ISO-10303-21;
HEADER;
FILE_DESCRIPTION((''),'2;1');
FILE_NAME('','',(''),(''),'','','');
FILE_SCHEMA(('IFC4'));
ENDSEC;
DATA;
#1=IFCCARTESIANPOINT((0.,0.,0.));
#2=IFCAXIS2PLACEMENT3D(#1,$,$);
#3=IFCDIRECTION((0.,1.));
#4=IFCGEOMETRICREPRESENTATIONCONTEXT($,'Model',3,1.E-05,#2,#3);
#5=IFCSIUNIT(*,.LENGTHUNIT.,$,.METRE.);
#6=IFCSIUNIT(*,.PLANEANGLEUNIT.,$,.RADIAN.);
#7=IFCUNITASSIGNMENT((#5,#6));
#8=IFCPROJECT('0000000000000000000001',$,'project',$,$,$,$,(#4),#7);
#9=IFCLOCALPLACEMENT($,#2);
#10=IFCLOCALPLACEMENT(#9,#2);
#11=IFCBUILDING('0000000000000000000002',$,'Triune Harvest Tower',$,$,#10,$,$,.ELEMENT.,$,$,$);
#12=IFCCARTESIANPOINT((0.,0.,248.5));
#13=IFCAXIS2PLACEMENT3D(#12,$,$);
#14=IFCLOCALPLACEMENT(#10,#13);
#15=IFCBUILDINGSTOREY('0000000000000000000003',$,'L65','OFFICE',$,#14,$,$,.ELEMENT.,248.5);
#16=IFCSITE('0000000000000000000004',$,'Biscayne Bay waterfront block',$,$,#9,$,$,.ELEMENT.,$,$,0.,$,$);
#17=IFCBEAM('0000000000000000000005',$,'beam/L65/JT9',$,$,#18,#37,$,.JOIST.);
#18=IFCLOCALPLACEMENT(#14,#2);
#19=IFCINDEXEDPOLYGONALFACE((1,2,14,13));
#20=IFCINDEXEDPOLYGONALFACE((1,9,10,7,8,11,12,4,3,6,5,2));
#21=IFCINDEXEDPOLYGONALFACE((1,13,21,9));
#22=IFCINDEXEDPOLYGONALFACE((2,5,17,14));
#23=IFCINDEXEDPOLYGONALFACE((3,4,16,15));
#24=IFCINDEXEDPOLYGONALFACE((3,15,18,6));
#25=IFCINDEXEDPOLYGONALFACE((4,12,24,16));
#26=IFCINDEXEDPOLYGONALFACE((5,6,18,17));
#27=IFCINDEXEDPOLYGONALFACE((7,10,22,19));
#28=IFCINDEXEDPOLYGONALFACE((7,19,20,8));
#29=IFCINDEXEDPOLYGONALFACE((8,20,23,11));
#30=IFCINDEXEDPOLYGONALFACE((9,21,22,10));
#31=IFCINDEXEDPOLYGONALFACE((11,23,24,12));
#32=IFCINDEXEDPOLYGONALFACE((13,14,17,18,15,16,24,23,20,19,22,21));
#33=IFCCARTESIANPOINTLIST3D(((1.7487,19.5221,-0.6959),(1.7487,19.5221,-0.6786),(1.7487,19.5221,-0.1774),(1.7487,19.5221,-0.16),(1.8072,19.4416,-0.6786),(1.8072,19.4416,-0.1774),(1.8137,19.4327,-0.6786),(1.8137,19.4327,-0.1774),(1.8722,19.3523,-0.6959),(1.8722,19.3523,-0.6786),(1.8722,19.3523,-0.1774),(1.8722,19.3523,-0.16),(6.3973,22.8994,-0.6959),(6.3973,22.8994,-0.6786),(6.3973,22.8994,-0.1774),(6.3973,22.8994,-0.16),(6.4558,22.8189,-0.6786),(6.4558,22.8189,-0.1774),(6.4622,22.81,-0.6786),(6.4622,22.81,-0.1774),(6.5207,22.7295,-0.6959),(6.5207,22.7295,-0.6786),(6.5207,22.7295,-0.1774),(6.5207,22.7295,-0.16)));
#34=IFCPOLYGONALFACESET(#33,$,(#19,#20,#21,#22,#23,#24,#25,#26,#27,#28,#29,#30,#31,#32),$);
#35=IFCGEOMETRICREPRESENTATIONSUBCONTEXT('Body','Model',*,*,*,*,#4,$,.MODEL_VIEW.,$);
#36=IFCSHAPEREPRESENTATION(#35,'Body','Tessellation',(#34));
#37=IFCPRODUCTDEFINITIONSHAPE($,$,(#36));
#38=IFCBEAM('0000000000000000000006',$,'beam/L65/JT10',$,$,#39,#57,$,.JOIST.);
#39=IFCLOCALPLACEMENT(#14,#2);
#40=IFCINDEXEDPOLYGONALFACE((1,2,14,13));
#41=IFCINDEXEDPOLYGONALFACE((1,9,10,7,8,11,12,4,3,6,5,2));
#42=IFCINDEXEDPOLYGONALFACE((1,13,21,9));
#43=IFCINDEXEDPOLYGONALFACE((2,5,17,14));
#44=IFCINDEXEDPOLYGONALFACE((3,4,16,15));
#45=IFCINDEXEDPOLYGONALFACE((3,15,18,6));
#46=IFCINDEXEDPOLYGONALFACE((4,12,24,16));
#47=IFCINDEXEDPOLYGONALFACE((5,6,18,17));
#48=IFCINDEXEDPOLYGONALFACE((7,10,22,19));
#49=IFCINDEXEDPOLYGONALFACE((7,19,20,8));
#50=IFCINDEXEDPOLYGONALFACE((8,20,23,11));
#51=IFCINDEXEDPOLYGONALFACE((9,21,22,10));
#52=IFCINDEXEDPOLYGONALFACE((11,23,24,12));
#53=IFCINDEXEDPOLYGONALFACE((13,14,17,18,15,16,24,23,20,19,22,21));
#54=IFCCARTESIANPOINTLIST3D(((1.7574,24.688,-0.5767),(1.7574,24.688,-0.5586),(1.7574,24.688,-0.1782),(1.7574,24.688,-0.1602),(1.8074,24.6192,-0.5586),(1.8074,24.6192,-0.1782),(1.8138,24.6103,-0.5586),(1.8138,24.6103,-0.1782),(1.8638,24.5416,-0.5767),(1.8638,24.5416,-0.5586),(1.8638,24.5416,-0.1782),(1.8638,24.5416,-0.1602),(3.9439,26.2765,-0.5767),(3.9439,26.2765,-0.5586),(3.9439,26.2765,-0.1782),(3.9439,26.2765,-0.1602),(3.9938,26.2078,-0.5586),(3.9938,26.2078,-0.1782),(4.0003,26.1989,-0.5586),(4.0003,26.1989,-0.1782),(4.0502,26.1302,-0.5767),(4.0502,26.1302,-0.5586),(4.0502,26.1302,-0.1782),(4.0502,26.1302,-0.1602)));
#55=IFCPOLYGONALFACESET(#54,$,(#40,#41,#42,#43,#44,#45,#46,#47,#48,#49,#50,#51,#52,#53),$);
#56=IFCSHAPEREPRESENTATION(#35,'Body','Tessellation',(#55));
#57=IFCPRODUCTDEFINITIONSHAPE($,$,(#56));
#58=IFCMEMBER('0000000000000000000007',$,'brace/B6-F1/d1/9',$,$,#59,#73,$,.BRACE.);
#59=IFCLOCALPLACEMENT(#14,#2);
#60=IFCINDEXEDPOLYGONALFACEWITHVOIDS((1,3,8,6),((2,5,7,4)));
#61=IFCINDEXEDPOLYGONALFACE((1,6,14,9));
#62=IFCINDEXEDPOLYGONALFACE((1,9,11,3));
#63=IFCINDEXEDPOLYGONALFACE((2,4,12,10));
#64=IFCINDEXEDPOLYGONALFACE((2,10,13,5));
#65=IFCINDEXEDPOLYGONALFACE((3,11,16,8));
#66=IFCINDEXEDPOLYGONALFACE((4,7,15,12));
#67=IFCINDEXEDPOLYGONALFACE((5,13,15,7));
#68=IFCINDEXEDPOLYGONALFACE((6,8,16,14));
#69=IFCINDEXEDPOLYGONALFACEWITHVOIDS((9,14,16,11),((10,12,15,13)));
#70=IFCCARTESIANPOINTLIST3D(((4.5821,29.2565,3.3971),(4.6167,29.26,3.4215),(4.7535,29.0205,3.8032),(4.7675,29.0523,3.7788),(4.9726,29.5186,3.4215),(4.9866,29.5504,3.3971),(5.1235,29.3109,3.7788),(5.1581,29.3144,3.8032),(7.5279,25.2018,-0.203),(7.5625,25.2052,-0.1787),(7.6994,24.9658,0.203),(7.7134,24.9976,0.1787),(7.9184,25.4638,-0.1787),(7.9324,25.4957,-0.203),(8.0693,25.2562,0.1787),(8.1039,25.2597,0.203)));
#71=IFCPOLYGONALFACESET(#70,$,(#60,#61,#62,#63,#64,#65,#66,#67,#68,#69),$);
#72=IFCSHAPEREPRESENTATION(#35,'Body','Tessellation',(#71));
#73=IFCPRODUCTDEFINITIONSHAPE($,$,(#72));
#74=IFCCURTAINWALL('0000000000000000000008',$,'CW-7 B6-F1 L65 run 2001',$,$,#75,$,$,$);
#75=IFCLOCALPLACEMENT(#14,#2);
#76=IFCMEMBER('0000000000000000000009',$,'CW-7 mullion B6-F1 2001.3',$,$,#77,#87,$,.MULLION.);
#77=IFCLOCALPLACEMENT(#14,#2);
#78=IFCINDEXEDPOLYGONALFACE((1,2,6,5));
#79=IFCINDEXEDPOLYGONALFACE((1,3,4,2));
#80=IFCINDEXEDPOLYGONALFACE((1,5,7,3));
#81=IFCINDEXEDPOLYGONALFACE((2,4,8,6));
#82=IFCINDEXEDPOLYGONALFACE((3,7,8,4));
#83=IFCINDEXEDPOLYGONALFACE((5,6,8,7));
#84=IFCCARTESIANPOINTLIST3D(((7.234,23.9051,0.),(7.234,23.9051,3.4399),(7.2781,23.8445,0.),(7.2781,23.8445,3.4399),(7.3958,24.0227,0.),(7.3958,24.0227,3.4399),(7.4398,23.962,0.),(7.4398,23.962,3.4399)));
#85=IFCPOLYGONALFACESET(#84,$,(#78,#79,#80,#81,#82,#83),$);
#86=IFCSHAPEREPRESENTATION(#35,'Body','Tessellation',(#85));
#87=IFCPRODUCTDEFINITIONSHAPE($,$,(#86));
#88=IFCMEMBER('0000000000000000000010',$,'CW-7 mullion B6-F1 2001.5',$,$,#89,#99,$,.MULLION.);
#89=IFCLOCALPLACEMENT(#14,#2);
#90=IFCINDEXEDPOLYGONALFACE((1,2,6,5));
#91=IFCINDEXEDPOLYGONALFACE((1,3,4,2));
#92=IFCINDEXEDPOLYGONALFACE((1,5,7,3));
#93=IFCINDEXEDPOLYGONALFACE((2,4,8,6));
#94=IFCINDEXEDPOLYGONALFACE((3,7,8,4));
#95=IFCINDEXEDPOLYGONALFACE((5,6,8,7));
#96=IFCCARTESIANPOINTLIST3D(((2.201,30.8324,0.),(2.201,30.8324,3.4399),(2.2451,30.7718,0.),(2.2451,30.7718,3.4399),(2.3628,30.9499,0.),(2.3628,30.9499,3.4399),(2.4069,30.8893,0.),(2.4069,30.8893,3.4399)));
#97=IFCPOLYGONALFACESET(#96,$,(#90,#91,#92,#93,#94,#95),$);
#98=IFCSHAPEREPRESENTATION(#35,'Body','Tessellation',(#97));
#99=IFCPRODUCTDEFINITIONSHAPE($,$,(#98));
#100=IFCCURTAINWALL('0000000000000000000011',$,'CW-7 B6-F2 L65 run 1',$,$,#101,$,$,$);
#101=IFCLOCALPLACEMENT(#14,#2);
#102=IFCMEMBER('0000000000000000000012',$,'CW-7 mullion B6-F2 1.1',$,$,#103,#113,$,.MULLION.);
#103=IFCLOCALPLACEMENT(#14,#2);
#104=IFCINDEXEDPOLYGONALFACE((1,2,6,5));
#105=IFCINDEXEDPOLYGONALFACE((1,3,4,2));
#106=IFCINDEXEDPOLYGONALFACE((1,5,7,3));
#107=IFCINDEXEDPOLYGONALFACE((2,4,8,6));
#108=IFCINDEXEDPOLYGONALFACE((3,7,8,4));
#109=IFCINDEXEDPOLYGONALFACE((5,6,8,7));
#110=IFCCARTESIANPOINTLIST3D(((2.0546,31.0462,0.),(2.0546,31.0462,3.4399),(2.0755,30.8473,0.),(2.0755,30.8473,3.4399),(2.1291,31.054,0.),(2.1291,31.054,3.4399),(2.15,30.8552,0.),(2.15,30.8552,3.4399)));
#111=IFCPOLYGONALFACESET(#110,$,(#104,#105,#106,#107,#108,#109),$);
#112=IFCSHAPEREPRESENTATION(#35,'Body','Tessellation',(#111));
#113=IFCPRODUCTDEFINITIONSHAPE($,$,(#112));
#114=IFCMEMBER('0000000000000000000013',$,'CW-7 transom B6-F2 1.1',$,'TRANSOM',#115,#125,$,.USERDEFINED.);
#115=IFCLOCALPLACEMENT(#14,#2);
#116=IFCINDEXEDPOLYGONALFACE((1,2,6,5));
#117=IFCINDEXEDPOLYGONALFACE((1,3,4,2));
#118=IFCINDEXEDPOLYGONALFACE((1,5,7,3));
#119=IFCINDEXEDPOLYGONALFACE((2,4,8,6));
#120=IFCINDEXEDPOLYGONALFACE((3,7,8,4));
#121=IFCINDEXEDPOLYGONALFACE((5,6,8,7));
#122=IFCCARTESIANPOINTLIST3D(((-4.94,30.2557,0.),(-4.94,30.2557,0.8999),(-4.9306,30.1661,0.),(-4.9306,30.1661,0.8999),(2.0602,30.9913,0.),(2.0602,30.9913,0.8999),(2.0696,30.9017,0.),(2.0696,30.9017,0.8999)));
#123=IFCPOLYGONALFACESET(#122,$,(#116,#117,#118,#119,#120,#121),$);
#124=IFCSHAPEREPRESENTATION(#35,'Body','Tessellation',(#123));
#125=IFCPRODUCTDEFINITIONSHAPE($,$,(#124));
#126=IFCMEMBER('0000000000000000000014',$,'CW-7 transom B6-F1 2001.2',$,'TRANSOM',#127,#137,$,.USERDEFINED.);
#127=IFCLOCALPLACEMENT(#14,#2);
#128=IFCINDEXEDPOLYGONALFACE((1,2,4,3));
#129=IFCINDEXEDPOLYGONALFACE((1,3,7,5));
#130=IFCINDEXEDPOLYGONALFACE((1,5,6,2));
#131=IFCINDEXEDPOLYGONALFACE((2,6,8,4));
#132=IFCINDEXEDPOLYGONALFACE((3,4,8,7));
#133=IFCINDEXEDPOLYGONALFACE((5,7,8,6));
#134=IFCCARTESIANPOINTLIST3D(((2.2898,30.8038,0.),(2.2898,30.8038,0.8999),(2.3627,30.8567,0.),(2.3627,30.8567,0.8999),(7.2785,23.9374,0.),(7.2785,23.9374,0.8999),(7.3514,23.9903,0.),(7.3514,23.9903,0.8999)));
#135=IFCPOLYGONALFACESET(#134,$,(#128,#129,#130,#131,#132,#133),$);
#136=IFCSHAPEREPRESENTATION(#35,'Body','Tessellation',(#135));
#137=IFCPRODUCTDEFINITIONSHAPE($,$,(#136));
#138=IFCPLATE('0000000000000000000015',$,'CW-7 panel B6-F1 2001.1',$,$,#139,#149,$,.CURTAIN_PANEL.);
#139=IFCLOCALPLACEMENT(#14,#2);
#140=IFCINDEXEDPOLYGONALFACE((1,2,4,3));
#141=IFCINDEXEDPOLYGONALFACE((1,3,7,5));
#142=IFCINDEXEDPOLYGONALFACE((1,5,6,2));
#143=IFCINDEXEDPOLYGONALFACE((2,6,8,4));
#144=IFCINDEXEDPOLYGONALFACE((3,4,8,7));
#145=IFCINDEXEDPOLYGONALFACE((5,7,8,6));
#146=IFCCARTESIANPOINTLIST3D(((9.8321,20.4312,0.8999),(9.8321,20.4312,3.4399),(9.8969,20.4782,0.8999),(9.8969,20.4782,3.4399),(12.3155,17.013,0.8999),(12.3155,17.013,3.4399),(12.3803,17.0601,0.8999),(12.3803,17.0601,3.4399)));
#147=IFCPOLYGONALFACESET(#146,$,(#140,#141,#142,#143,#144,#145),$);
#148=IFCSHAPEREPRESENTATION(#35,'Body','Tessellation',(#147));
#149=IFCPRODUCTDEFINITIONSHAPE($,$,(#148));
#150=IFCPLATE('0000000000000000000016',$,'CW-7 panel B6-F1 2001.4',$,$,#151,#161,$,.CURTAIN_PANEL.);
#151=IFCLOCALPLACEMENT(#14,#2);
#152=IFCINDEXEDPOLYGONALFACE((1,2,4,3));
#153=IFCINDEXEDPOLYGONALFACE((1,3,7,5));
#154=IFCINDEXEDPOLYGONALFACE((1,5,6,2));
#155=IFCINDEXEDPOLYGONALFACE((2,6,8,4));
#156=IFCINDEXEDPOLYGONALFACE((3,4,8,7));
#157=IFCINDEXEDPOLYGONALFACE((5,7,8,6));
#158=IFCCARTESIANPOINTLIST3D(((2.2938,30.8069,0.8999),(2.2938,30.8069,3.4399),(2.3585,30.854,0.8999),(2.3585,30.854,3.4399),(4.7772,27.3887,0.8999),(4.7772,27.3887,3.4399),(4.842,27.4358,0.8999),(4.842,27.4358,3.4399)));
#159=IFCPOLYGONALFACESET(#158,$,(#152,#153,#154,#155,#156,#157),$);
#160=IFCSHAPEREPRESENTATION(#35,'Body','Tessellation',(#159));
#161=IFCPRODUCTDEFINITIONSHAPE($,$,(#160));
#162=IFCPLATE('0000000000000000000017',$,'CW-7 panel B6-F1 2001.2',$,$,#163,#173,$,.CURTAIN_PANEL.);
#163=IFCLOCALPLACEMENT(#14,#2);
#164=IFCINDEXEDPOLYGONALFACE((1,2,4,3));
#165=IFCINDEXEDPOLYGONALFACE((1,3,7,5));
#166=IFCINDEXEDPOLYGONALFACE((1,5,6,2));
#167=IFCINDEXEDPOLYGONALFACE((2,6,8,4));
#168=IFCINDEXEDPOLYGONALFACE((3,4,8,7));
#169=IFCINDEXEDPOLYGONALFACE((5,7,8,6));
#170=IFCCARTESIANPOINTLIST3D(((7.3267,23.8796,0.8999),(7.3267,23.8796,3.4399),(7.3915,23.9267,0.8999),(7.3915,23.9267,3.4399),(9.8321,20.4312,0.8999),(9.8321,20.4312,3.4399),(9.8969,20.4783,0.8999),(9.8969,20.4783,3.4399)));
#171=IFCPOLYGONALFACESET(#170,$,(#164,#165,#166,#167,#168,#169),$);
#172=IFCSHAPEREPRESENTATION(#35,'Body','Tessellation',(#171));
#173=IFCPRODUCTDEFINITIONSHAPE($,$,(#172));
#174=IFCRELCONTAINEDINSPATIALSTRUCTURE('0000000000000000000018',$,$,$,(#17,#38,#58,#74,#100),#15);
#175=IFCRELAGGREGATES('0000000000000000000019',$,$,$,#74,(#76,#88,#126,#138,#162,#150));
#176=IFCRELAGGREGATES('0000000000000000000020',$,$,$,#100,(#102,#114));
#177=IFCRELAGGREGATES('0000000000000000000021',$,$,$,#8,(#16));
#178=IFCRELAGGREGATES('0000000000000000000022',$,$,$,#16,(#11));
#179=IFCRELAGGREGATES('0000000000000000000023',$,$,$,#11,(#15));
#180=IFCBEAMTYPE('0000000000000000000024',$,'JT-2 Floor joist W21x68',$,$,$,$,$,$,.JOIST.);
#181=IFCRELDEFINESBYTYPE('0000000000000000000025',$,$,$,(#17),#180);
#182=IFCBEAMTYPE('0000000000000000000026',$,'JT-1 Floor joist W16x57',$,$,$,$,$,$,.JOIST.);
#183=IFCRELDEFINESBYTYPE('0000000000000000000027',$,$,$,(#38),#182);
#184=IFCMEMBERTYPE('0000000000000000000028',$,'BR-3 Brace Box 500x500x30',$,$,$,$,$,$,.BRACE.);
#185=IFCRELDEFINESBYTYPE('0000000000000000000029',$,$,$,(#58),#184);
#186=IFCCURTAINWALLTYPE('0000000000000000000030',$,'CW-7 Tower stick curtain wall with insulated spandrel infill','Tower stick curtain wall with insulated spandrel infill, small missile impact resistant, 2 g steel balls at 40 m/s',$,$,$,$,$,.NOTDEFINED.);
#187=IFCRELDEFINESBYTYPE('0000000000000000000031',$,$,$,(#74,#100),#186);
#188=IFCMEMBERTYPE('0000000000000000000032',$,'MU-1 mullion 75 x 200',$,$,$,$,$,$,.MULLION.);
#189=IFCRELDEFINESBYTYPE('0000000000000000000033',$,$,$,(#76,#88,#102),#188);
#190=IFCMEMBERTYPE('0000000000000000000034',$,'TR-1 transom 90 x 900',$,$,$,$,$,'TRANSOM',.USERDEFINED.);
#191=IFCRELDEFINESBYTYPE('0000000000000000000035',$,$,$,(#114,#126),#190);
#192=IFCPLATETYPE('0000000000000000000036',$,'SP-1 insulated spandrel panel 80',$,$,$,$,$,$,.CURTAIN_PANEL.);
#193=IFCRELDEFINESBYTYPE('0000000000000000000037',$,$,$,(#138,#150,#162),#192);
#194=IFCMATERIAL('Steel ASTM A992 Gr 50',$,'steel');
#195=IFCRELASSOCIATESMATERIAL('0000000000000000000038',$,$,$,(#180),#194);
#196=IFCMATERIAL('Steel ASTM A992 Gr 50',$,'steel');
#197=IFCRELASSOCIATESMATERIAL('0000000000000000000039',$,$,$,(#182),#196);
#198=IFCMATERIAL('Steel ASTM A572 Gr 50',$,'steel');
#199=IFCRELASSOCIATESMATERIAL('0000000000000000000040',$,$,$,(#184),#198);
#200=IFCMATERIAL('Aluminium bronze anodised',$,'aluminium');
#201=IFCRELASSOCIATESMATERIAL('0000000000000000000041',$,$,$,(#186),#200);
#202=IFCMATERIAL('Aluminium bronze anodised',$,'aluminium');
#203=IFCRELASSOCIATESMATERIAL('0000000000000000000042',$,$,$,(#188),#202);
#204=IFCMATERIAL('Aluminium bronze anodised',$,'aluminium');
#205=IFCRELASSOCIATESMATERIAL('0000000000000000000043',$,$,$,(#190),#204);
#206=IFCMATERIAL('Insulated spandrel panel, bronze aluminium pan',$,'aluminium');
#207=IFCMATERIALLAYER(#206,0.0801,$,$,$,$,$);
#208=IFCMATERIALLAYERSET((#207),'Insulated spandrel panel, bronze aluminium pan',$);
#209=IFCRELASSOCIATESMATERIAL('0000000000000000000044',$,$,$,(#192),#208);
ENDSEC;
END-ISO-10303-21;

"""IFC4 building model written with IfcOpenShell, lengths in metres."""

from ifc_helpers import new_model, si_unit, direction, frame, origin, origin_2d, place, context, subcontext, project, spatial, rectangle, hollow_rectangle, i_section, extrude, source, transform, mapped, material, layer, layer_set, material_profile, profile_set, type_object, element, aggregate, save


model = new_model("IFC4")

# Units and contexts
model_context = context("Model", 3, precision=1e-05, world=origin(), true_north=direction((0.0, 1.0)))
body_context = subcontext(model_context, "Body", "Model", "MODEL_VIEW")
ifc_project = project(units=[si_unit("LENGTHUNIT", "METRE"), si_unit("PLANEANGLEUNIT", "RADIAN")], contexts=[model_context])

# Site, building, storey
site_placement = place(None, origin())
site = spatial("IfcSite", under=ifc_project, at=site_placement, Name="Biscayne Bay waterfront block", CompositionType="ELEMENT", RefElevation=0.0)
building_placement = place(site_placement, origin())
building = spatial("IfcBuilding", under=site, at=building_placement, Name="Triune Harvest Tower", CompositionType="ELEMENT")
storey_placement = place(building_placement, frame((0.0, 0.0, 248.5)))
storey = spatial("IfcBuildingStorey", under=building, at=storey_placement, Name="L65", Description="OFFICE", CompositionType="ELEMENT", Elevation=248.5)

# Beams
ifc_material_1 = material(Name="Steel ASTM A992 Gr 50", Category="steel")
ifc_material_profile_1 = material_profile(ifc_material_1, i_section(OverallWidth=0.21, OverallDepth=0.5359, WebThickness=0.011, FlangeThickness=0.0173, at=origin_2d()), Name="W21x68")
ifc_profile_set_1 = profile_set([ifc_material_profile_1], Name="Steel ASTM A992 Gr 50")
beam_type_1 = type_object("IfcBeamType", Name="JT-2 Floor joist W21x68", PredefinedType="JOIST", material=ifc_profile_set_1)
shared_shape_1 = source(origin(), body_context, "Body", "SweptSolid", [
    extrude(i_section(OverallWidth=0.21, OverallDepth=0.5359, WebThickness=0.011, FlangeThickness=0.0173, at=origin_2d()), origin(), (0.0, 0.0, 1.0), 5.7458),
])
beam_1_placement = place(storey_placement, frame((6.459, 22.8145, -0.428), z_axis=(-0.809024, -0.587775, 0.0), x_axis=(0.587775, -0.809024, 0.0)))
element("IfcBeam", 1, at=beam_1_placement, inside=storey, type_object=beam_type_1, Name="beam/L65/JT9", PredefinedType="JOIST", context=body_context, shape_type="MappedRepresentation", body=[
    mapped(shared_shape_1, transform((0.0, 0.0, 0.0), scale=1.0)),
])
ifc_material_2 = material(Name="Steel ASTM A992 Gr 50", Category="steel")
ifc_material_profile_2 = material_profile(ifc_material_2, i_section(OverallWidth=0.1809, OverallDepth=0.4165, WebThickness=0.011, FlangeThickness=0.0181, at=origin_2d()), Name="W16x57")
ifc_profile_set_2 = profile_set([ifc_material_profile_2], Name="Steel ASTM A992 Gr 50")
beam_type_2 = type_object("IfcBeamType", Name="JT-1 Floor joist W16x57", PredefinedType="JOIST", material=ifc_profile_set_2)
shared_shape_2 = source(origin(), body_context, "Body", "SweptSolid", [
    extrude(i_section(OverallWidth=0.1809, OverallDepth=0.4165, WebThickness=0.011, FlangeThickness=0.0181, at=origin_2d()), origin(), (0.0, 0.0, 1.0), 2.7026),
])
beam_2_placement = place(storey_placement, frame((3.9971, 26.2034, -0.3684), z_axis=(-0.809013, -0.58779, 0.0), x_axis=(0.58779, -0.809013, 0.0)))
element("IfcBeam", 2, at=beam_2_placement, inside=storey, type_object=beam_type_2, Name="beam/L65/JT10", PredefinedType="JOIST", context=body_context, shape_type="MappedRepresentation", body=[
    mapped(shared_shape_2, transform((0.0, 0.0, 0.0), scale=1.0)),
])

# Member
ifc_material_3 = material(Name="Steel ASTM A572 Gr 50", Category="steel")
ifc_material_profile_3 = material_profile(ifc_material_3, hollow_rectangle(XDim=0.5, YDim=0.5, WallThickness=0.03, at=origin_2d()), Name="Box 500x500x30")
ifc_profile_set_3 = profile_set([ifc_material_profile_3], Name="Steel ASTM A572 Gr 50")
member_type_1 = type_object("IfcMemberType", Name="BR-3 Brace Box 500x500x30", PredefinedType="BRACE", material=ifc_profile_set_3)
shared_shape_3 = source(origin(), body_context, "Body", "SweptSolid", [
    extrude(hollow_rectangle(XDim=0.5, YDim=0.5, WallThickness=0.03, at=origin_2d()), origin(), (0.0, 0.0, 1.0), 6.1709),
])
member_1_placement = place(storey_placement, frame((7.8159, 25.2307, 0.0), z_axis=(-0.477376, 0.657075, 0.583407), x_axis=(-0.809027, -0.587772, 0.0)))
element("IfcMember", 3, at=member_1_placement, inside=storey, type_object=member_type_1, Name="brace/B6-F1/d1/9", PredefinedType="BRACE", context=body_context, shape_type="MappedRepresentation", body=[
    mapped(shared_shape_3, transform((0.0, 0.0, 0.0), scale=1.0)),
])

# Curtain walls, members
ifc_material_4 = material(Name="Aluminium bronze anodised", Category="aluminium")
curtain_wall_type = type_object("IfcCurtainWallType", Name="CW-7 Tower stick curtain wall with insulated spandrel infill", Description="Tower stick curtain wall with insulated spandrel infill, small missile impact resistant, 2 g steel balls at 40 m/s", PredefinedType="NOTDEFINED", material=ifc_material_4)
curtain_wall_1_placement = place(storey_placement, origin())
curtain_wall_1 = element("IfcCurtainWall", 4, at=curtain_wall_1_placement, inside=storey, type_object=curtain_wall_type, Name="CW-7 B6-F1 L65 run 2001")
ifc_material_5 = material(Name="Aluminium bronze anodised", Category="aluminium")
ifc_material_profile_4 = material_profile(ifc_material_5, rectangle(XDim=0.2, YDim=0.075, at=origin_2d()), Name="MU-1 mullion 75 x 200")
ifc_profile_set_4 = profile_set([ifc_material_profile_4], Name="Aluminium bronze anodised")
member_type_2 = type_object("IfcMemberType", Name="MU-1 mullion 75 x 200", PredefinedType="MULLION", material=ifc_profile_set_4)
shared_shape_4 = source(origin(), body_context, "Body", "SweptSolid", [
    extrude(rectangle(XDim=0.2, YDim=0.075, at=origin_2d()), origin(), (0.0, 0.0, 1.0), 3.4399),
])
member_2_placement = place(storey_placement, frame((7.3369, 23.9336, 0.0), z_axis=(0.0, 0.0, 1.0), x_axis=(-0.809016, -0.587786, 0.0)))
member_2 = element("IfcMember", 5, at=member_2_placement, type_object=member_type_2, Name="CW-7 mullion B6-F1 2001.3", PredefinedType="MULLION", context=body_context, shape_type="MappedRepresentation", body=[
    mapped(shared_shape_4, transform((0.0, 0.0, 0.0), scale=1.0)),
])
member_3_placement = place(storey_placement, frame((2.304, 30.8608, 0.0), z_axis=(0.0, 0.0, 1.0), x_axis=(-0.809016, -0.587786, 0.0)))
member_3 = element("IfcMember", 6, at=member_3_placement, type_object=member_type_2, Name="CW-7 mullion B6-F1 2001.5", PredefinedType="MULLION", context=body_context, shape_type="MappedRepresentation", body=[
    mapped(shared_shape_4, transform((0.0, 0.0, 0.0), scale=1.0)),
])
curtain_wall_2_placement = place(storey_placement, origin())
curtain_wall_2 = element("IfcCurtainWall", 7, at=curtain_wall_2_placement, inside=storey, type_object=curtain_wall_type, Name="CW-7 B6-F2 L65 run 1")
member_4_placement = place(storey_placement, frame((2.1023, 30.9507, 0.0), z_axis=(0.0, 0.0, 1.0), x_axis=(0.10453, -0.994522, 0.0)))
member_4 = element("IfcMember", 8, at=member_4_placement, type_object=member_type_2, Name="CW-7 mullion B6-F2 1.1", PredefinedType="MULLION", context=body_context, shape_type="MappedRepresentation", body=[
    mapped(shared_shape_4, transform((0.0, 0.0, 0.0), scale=1.0)),
])
ifc_material_6 = material(Name="Aluminium bronze anodised", Category="aluminium")
ifc_material_profile_5 = material_profile(ifc_material_6, rectangle(XDim=0.0901, YDim=0.8999, at=origin_2d()), Name="TR-1 transom 90 x 900")
ifc_profile_set_5 = profile_set([ifc_material_profile_5], Name="Aluminium bronze anodised")
member_type_3 = type_object("IfcMemberType", Name="TR-1 transom 90 x 900", ElementType="TRANSOM", PredefinedType="USERDEFINED", material=ifc_profile_set_5)
shared_shape_5 = source(origin(), body_context, "Body", "SweptSolid", [
    extrude(rectangle(XDim=0.0901, YDim=0.8999, at=origin_2d()), origin(), (0.0, 0.0, 1.0), 7.0388),
])
member_5_placement = place(storey_placement, frame((2.0649, 30.9465, 0.45), z_axis=(-0.994524, -0.104506, 0.0), x_axis=(0.104506, -0.994524, 0.0)))
member_5 = element("IfcMember", 9, at=member_5_placement, type_object=member_type_3, Name="CW-7 transom B6-F2 1.1", ObjectType="TRANSOM", PredefinedType="USERDEFINED", context=body_context, shape_type="MappedRepresentation", body=[
    mapped(shared_shape_5, transform((0.0, 0.0, 0.0), scale=1.0)),
])

# Member
shared_shape_6 = source(origin(), body_context, "Body", "SweptSolid", [
    extrude(rectangle(XDim=0.0901, YDim=0.8999, at=origin_2d()), origin(), (0.0, 0.0, 1.0), 8.4873),
])
member_6_placement = place(storey_placement, frame((7.3149, 23.9639, 0.45), z_axis=(-0.587785, 0.809017, 0.0), x_axis=(-0.809017, -0.587785, 0.0)))
member_6 = element("IfcMember", 10, at=member_6_placement, type_object=member_type_3, Name="CW-7 transom B6-F1 2001.2", ObjectType="TRANSOM", PredefinedType="USERDEFINED", context=body_context, shape_type="MappedRepresentation", body=[
    mapped(shared_shape_6, transform((0.0, 0.0, 0.0), scale=1.0)),
])

# Plates
ifc_material_7 = material(Name="Insulated spandrel panel, bronze aluminium pan", Category="aluminium")
ifc_layer_1 = layer(ifc_material_7, 0.0801)
ifc_layer_set_1 = layer_set([ifc_layer_1], Name="Insulated spandrel panel, bronze aluminium pan")
plate_type = type_object("IfcPlateType", Name="SP-1 insulated spandrel panel 80", PredefinedType="CURTAIN_PANEL", material=ifc_layer_set_1)
shared_shape_7 = source(origin(), body_context, "Body", "SweptSolid", [
    extrude(rectangle(XDim=4.2251, YDim=0.0801, at=origin_2d()), origin(), (0.0, 0.0, 1.0), 2.54),
])
plate_1_placement = place(storey_placement, frame((11.1062, 18.7456, 0.8999), z_axis=(0.0, 0.0, 1.0), x_axis=(-0.587786, 0.809016, 0.0)))
plate_1 = element("IfcPlate", 11, at=plate_1_placement, type_object=plate_type, Name="CW-7 panel B6-F1 2001.1", PredefinedType="CURTAIN_PANEL", context=body_context, shape_type="MappedRepresentation", body=[
    mapped(shared_shape_7, transform((0.0, 0.0, 0.0), scale=1.0)),
])
plate_2_placement = place(storey_placement, frame((3.5679, 29.1213, 0.8999), z_axis=(0.0, 0.0, 1.0), x_axis=(-0.587786, 0.809016, 0.0)))
plate_2 = element("IfcPlate", 12, at=plate_2_placement, type_object=plate_type, Name="CW-7 panel B6-F1 2001.4", PredefinedType="CURTAIN_PANEL", context=body_context, shape_type="MappedRepresentation", body=[
    mapped(shared_shape_7, transform((0.0, 0.0, 0.0), scale=1.0)),
])
shared_shape_8 = source(origin(), body_context, "Body", "SweptSolid", [
    extrude(rectangle(XDim=4.2625, YDim=0.0801, at=origin_2d()), origin(), (0.0, 0.0, 1.0), 2.54),
])
plate_3_placement = place(storey_placement, frame((8.6118, 22.179, 0.8999), z_axis=(0.0, 0.0, 1.0), x_axis=(-0.587786, 0.809016, 0.0)))
plate_3 = element("IfcPlate", 13, at=plate_3_placement, type_object=plate_type, Name="CW-7 panel B6-F1 2001.2", PredefinedType="CURTAIN_PANEL", context=body_context, shape_type="MappedRepresentation", body=[
    mapped(shared_shape_8, transform((0.0, 0.0, 0.0), scale=1.0)),
])
aggregate(curtain_wall_1, [member_2, member_3, member_6, plate_1, plate_3, plate_2])
aggregate(curtain_wall_2, [member_4, member_5])

save(model, "model.ifc")
